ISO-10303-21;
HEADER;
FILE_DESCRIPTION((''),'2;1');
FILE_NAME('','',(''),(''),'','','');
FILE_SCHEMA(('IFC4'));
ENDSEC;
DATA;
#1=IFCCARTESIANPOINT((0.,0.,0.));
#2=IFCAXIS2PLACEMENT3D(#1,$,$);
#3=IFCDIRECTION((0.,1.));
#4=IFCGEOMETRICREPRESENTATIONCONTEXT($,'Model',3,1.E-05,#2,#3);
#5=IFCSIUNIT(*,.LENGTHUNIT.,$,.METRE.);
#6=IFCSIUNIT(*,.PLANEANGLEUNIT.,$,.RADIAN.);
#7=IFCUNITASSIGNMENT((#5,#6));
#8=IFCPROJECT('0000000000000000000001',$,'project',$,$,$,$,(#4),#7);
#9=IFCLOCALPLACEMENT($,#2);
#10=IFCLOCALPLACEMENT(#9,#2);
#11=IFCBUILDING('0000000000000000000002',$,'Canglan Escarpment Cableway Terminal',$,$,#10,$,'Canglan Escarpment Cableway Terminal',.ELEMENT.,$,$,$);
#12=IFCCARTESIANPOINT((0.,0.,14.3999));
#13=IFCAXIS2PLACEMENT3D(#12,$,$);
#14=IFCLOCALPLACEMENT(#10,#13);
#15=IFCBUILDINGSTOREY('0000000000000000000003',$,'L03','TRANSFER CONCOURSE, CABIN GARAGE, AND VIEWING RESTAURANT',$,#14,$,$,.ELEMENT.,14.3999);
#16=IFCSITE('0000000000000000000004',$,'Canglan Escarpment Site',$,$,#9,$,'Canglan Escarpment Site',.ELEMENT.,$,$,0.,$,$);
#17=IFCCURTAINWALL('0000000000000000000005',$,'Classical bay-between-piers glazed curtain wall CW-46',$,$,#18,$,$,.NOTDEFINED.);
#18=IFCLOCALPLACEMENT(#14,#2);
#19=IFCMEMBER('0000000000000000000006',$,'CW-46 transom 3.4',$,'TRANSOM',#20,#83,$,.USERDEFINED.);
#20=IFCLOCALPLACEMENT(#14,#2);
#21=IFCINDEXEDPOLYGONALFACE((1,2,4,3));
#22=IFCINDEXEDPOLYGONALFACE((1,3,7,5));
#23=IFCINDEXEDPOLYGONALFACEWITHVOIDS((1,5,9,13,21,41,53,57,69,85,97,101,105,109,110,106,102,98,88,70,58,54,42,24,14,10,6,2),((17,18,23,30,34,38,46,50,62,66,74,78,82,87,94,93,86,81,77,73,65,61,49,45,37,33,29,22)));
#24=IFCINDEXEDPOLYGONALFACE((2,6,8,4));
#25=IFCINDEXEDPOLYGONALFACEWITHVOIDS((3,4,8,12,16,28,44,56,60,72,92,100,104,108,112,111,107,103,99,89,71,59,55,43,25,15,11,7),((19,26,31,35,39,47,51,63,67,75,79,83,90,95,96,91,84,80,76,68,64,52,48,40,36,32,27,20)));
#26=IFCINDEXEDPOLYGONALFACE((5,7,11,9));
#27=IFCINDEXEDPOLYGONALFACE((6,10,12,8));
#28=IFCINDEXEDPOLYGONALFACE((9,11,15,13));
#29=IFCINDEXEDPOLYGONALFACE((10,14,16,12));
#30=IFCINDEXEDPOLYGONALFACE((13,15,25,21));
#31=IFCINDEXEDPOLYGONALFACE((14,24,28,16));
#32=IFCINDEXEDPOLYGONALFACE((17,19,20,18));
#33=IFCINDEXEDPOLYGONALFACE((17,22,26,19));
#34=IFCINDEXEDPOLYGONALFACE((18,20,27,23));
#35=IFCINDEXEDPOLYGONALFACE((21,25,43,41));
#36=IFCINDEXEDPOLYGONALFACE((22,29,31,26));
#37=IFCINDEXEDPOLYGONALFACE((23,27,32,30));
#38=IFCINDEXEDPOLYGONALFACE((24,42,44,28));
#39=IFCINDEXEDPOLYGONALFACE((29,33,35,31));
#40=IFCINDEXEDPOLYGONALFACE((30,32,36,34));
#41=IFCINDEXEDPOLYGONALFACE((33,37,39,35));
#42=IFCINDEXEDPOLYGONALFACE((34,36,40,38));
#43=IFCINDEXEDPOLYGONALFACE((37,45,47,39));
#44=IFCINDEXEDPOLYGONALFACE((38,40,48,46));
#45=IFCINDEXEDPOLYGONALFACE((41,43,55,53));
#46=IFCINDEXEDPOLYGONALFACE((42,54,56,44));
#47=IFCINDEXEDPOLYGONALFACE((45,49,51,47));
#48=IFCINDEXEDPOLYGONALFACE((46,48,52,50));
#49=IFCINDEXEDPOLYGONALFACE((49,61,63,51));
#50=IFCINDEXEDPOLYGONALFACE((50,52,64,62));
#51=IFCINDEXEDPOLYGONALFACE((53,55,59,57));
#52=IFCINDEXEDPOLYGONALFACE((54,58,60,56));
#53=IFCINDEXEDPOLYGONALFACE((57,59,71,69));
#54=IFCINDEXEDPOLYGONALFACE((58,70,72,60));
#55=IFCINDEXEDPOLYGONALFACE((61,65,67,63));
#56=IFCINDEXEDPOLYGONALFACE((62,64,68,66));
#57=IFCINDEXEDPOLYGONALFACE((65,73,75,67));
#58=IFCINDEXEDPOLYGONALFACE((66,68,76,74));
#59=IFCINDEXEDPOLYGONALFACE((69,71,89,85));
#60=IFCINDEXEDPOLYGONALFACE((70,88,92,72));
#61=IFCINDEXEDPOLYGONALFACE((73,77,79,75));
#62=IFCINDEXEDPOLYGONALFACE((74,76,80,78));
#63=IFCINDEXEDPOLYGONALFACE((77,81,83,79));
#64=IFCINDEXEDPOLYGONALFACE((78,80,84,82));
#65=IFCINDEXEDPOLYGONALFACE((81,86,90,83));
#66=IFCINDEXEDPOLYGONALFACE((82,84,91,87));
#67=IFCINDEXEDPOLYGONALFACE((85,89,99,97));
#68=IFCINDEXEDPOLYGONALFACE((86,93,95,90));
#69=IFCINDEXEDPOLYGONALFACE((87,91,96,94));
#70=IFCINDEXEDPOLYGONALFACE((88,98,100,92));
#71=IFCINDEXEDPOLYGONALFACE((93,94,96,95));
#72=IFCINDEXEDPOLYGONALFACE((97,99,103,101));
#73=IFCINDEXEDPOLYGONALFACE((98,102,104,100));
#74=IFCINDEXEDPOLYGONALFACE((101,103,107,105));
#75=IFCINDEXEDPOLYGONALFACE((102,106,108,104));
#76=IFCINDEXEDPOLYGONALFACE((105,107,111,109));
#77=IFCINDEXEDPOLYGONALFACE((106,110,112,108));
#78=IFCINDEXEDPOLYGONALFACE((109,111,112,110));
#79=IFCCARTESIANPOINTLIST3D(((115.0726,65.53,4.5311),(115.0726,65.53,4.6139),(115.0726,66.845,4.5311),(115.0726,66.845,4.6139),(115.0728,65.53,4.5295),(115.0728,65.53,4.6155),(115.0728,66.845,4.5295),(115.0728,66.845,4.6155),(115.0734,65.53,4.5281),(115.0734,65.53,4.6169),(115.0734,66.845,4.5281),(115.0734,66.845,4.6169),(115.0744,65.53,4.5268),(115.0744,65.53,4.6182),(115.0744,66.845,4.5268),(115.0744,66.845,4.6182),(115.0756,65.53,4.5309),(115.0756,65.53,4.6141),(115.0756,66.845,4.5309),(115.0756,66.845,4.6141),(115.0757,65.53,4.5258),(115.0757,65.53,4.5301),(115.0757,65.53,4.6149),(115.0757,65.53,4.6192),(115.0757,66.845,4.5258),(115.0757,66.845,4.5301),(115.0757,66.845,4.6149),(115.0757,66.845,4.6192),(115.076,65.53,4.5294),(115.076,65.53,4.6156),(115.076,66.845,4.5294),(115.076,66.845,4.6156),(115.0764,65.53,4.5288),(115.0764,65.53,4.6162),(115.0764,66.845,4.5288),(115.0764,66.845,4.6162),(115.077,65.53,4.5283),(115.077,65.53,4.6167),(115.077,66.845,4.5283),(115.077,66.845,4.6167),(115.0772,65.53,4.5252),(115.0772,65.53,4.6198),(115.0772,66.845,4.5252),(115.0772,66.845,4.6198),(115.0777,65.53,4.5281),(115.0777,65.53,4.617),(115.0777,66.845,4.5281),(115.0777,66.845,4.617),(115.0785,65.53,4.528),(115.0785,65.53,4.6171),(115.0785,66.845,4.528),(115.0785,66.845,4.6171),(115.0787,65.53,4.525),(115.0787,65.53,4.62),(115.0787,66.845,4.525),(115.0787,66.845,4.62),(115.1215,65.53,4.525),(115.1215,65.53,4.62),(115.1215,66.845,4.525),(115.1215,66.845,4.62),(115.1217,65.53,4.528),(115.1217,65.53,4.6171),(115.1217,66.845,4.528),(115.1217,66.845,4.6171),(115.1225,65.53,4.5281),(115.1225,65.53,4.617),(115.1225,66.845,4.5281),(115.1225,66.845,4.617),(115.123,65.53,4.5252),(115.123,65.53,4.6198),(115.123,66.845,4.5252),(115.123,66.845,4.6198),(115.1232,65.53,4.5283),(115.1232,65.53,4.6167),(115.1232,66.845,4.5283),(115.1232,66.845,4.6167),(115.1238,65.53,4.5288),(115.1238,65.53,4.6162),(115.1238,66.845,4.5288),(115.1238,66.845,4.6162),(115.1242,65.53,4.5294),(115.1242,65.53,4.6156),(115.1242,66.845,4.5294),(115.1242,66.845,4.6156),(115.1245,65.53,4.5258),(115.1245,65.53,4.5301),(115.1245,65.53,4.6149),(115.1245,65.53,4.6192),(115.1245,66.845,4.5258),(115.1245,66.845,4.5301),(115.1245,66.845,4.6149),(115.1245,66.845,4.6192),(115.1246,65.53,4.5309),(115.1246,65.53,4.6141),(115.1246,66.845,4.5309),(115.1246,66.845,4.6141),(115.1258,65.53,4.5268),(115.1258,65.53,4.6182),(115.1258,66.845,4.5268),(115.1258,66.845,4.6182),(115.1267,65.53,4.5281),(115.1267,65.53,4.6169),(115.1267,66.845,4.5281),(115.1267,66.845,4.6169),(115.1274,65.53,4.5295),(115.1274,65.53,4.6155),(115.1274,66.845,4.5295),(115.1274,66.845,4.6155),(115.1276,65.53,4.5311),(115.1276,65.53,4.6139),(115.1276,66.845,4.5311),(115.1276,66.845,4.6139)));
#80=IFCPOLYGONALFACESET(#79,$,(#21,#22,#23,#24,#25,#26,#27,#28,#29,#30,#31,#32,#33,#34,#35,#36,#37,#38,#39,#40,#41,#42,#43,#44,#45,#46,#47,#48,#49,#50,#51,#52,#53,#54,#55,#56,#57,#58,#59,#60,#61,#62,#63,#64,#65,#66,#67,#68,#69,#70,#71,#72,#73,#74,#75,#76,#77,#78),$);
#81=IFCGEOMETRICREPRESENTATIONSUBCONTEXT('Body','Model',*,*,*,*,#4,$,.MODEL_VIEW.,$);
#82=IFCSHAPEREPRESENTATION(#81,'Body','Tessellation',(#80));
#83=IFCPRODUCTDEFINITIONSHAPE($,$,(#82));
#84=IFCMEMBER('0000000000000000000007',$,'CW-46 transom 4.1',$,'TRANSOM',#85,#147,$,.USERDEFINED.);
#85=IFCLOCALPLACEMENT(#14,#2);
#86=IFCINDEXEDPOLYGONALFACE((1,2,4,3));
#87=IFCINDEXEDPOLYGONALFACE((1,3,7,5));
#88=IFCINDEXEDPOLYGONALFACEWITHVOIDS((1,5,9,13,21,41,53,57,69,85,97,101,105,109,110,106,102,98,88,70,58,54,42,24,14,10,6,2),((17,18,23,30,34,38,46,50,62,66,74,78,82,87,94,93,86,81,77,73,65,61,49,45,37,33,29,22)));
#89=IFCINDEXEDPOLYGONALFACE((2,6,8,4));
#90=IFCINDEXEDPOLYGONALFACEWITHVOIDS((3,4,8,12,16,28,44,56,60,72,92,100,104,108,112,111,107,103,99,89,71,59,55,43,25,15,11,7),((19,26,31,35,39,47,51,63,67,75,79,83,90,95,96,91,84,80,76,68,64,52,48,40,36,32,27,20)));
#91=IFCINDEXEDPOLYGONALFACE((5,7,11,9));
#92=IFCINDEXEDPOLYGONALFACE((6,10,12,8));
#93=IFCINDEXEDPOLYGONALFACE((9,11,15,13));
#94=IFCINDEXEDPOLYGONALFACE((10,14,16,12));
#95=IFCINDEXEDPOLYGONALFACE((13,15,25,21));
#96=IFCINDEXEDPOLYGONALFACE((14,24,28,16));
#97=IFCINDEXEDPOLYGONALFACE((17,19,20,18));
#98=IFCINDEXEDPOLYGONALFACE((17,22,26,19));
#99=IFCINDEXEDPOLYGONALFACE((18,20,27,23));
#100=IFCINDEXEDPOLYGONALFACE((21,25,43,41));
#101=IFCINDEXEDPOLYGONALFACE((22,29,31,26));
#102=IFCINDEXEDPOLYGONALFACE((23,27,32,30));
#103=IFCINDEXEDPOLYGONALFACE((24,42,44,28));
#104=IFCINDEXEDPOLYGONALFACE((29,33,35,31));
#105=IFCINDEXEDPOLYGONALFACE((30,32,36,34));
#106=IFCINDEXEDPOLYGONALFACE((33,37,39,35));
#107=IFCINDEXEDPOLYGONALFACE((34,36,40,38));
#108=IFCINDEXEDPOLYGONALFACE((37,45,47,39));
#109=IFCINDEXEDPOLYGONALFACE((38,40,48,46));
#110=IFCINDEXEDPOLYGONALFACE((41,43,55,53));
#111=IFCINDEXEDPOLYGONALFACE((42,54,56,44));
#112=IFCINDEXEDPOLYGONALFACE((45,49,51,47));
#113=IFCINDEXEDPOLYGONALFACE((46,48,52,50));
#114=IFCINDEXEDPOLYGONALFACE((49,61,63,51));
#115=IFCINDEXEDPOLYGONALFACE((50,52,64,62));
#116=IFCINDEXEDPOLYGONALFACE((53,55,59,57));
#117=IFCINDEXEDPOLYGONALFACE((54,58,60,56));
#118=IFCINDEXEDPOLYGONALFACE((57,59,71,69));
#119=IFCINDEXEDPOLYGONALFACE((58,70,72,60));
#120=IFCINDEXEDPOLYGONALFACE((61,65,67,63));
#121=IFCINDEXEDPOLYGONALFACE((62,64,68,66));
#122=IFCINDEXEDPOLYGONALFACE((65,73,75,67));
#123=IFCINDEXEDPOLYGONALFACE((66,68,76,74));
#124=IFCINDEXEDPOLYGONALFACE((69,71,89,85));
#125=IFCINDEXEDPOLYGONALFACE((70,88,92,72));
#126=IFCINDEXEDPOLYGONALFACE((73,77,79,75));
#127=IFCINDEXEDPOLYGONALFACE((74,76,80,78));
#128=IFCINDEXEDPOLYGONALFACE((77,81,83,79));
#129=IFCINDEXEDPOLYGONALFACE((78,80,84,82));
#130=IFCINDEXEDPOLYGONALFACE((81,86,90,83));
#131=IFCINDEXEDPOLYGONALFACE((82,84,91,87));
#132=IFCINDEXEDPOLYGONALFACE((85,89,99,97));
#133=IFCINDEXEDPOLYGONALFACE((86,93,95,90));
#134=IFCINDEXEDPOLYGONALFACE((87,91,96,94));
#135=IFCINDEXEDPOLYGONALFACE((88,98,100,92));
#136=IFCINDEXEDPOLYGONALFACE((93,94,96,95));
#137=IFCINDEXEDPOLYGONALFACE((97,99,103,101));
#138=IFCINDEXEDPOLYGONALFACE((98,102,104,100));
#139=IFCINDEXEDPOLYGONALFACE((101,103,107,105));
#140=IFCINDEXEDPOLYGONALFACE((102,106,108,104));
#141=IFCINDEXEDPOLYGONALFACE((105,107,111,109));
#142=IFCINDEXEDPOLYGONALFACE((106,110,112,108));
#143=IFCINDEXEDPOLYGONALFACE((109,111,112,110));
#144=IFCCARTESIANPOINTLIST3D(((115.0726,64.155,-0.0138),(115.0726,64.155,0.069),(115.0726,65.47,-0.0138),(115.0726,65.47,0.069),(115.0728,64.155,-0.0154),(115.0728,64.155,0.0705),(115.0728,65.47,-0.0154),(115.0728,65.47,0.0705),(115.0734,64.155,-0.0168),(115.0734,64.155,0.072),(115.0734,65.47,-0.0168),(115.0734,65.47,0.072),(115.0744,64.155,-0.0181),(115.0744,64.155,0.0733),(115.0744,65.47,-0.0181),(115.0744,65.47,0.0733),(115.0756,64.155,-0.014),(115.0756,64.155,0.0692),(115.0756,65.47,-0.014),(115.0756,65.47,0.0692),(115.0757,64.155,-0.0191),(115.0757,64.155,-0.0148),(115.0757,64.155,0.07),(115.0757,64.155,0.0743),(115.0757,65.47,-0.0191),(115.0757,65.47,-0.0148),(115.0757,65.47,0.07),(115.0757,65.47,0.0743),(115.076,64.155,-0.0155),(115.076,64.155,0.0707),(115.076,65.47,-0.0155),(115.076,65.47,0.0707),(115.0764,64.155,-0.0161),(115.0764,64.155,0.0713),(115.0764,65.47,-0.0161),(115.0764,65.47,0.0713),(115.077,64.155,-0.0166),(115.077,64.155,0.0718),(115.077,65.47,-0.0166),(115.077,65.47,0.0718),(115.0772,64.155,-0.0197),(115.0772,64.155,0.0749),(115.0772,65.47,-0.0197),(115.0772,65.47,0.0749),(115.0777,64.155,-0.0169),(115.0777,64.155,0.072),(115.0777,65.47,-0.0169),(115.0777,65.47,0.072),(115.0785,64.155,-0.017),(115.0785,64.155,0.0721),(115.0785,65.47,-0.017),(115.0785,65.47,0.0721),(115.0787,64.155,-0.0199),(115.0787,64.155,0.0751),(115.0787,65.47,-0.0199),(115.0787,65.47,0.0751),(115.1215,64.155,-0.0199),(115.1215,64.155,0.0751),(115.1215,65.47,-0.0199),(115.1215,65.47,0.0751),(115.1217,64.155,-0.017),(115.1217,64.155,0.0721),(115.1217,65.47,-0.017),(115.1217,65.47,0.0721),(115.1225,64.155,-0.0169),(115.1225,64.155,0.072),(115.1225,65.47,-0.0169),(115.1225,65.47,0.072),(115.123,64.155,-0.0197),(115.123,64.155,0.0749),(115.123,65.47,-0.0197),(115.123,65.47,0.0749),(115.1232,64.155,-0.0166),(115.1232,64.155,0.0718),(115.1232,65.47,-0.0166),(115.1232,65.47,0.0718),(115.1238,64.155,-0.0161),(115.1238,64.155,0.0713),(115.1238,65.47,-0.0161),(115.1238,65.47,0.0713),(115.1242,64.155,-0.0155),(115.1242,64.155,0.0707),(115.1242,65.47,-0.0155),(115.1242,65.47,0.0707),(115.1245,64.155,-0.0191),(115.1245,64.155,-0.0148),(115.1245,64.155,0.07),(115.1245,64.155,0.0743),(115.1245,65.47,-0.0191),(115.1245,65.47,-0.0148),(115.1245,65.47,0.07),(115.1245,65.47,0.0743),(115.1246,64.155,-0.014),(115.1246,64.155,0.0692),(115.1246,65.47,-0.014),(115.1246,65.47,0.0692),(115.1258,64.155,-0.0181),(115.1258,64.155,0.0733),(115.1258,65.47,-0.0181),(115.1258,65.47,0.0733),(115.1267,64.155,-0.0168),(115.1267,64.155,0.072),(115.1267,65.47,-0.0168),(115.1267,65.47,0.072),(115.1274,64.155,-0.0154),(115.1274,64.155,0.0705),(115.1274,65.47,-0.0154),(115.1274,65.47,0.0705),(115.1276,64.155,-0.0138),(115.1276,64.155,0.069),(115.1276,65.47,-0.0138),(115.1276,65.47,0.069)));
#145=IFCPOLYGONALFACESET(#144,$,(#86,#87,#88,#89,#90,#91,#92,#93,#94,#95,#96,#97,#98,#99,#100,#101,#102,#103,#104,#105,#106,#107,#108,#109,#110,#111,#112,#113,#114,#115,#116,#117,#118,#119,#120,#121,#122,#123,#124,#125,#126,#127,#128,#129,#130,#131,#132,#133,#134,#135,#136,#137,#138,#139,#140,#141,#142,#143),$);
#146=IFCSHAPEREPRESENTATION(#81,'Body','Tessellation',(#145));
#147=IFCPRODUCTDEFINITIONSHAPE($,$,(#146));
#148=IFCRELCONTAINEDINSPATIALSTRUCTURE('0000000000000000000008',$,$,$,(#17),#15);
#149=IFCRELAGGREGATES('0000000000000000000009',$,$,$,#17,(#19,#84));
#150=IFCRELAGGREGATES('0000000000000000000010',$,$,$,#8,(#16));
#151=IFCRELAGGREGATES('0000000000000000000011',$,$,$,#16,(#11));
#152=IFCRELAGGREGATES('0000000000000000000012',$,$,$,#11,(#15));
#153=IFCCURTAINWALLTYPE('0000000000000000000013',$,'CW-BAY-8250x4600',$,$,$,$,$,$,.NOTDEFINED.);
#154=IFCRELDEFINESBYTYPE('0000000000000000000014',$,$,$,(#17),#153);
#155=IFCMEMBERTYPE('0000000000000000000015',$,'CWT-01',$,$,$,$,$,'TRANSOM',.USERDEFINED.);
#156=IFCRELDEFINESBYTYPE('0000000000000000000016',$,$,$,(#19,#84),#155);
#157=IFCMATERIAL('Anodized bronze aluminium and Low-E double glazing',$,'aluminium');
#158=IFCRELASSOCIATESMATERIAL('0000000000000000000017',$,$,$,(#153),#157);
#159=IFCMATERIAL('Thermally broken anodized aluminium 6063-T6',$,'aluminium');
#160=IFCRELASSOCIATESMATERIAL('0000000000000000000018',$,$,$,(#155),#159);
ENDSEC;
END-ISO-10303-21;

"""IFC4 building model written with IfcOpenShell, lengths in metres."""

from ifc_helpers import new_model, si_unit, direction, frame, origin, origin_2d, place, context, subcontext, project, spatial, hollow_rectangle, extrude, material, material_profile, profile_set, type_object, element, aggregate, save


model = new_model("IFC4")

# Units and contexts
model_context = context("Model", 3, precision=1e-05, world=origin(), true_north=direction((0.0, 1.0)))
body_context = subcontext(model_context, "Body", "Model", "MODEL_VIEW")
ifc_project = project(units=[si_unit("LENGTHUNIT", "METRE"), si_unit("PLANEANGLEUNIT", "RADIAN")], contexts=[model_context])

# Site, building, storey
site_placement = place(None, origin())
site = spatial("IfcSite", under=ifc_project, at=site_placement, Name="Canglan Escarpment Site", LongName="Canglan Escarpment Site", CompositionType="ELEMENT", RefElevation=0.0)
building_placement = place(site_placement, origin())
building = spatial("IfcBuilding", under=site, at=building_placement, Name="Canglan Escarpment Cableway Terminal", LongName="Canglan Escarpment Cableway Terminal", CompositionType="ELEMENT")
storey_placement = place(building_placement, frame((0.0, 0.0, 14.3999)))
storey = spatial("IfcBuildingStorey", under=building, at=storey_placement, Name="L03", Description="TRANSFER CONCOURSE, CABIN GARAGE, AND VIEWING RESTAURANT", CompositionType="ELEMENT", Elevation=14.3999)

# Curtain wall, members
ifc_material_1 = material(Name="Anodized bronze aluminium and Low-E double glazing", Category="aluminium")
curtain_wall_type = type_object("IfcCurtainWallType", Name="CW-BAY-8250x4600", PredefinedType="NOTDEFINED", material=ifc_material_1)
curtain_wall_placement = place(storey_placement, origin())
curtain_wall = element("IfcCurtainWall", 1, at=curtain_wall_placement, inside=storey, type_object=curtain_wall_type, Name="Classical bay-between-piers glazed curtain wall CW-46", PredefinedType="NOTDEFINED")
ifc_material_2 = material(Name="Thermally broken anodized aluminium 6063-T6", Category="aluminium")
ifc_material_profile_1 = material_profile(ifc_material_2, hollow_rectangle(XDim=0.0549, YDim=0.095, WallThickness=0.0029, InnerFilletRadius=0.0029, OuterFilletRadius=0.0061, at=origin_2d()), Name="ALU-TRAN 55x95x3")
ifc_profile_set_1 = profile_set([ifc_material_profile_1], Name="Thermally broken anodized aluminium 6063-T6")
member_type_1 = type_object("IfcMemberType", Name="CWT-01", ElementType="TRANSOM", PredefinedType="USERDEFINED", material=ifc_profile_set_1)
member_1_placement = place(storey_placement, frame((115.1001, 66.845, 4.5725), z_axis=(0.0, -1.0, 0.0), x_axis=(1.0, 0.0, 0.0)))
member_1 = element("IfcMember", 2, at=member_1_placement, type_object=member_type_1, Name="CW-46 transom 3.4", ObjectType="TRANSOM", PredefinedType="USERDEFINED", context=body_context, shape_type="SweptSolid", body=[
    extrude(hollow_rectangle(XDim=0.0549, YDim=0.095, WallThickness=0.0029, InnerFilletRadius=0.0029, OuterFilletRadius=0.0061, at=origin_2d()), origin(), (0.0, 0.0, 1.0), 1.3149),
])
member_2_placement = place(storey_placement, frame((115.1001, 65.47, 0.0276), z_axis=(0.0, -1.0, 0.0), x_axis=(1.0, 0.0, 0.0)))
member_2 = element("IfcMember", 3, at=member_2_placement, type_object=member_type_1, Name="CW-46 transom 4.1", ObjectType="TRANSOM", PredefinedType="USERDEFINED", context=body_context, shape_type="SweptSolid", body=[
    extrude(hollow_rectangle(XDim=0.0549, YDim=0.095, WallThickness=0.0029, InnerFilletRadius=0.0029, OuterFilletRadius=0.0061, at=origin_2d()), origin(), (0.0, 0.0, 1.0), 1.3149),
])
aggregate(curtain_wall, [member_1, member_2])

save(model, "model.ifc")
